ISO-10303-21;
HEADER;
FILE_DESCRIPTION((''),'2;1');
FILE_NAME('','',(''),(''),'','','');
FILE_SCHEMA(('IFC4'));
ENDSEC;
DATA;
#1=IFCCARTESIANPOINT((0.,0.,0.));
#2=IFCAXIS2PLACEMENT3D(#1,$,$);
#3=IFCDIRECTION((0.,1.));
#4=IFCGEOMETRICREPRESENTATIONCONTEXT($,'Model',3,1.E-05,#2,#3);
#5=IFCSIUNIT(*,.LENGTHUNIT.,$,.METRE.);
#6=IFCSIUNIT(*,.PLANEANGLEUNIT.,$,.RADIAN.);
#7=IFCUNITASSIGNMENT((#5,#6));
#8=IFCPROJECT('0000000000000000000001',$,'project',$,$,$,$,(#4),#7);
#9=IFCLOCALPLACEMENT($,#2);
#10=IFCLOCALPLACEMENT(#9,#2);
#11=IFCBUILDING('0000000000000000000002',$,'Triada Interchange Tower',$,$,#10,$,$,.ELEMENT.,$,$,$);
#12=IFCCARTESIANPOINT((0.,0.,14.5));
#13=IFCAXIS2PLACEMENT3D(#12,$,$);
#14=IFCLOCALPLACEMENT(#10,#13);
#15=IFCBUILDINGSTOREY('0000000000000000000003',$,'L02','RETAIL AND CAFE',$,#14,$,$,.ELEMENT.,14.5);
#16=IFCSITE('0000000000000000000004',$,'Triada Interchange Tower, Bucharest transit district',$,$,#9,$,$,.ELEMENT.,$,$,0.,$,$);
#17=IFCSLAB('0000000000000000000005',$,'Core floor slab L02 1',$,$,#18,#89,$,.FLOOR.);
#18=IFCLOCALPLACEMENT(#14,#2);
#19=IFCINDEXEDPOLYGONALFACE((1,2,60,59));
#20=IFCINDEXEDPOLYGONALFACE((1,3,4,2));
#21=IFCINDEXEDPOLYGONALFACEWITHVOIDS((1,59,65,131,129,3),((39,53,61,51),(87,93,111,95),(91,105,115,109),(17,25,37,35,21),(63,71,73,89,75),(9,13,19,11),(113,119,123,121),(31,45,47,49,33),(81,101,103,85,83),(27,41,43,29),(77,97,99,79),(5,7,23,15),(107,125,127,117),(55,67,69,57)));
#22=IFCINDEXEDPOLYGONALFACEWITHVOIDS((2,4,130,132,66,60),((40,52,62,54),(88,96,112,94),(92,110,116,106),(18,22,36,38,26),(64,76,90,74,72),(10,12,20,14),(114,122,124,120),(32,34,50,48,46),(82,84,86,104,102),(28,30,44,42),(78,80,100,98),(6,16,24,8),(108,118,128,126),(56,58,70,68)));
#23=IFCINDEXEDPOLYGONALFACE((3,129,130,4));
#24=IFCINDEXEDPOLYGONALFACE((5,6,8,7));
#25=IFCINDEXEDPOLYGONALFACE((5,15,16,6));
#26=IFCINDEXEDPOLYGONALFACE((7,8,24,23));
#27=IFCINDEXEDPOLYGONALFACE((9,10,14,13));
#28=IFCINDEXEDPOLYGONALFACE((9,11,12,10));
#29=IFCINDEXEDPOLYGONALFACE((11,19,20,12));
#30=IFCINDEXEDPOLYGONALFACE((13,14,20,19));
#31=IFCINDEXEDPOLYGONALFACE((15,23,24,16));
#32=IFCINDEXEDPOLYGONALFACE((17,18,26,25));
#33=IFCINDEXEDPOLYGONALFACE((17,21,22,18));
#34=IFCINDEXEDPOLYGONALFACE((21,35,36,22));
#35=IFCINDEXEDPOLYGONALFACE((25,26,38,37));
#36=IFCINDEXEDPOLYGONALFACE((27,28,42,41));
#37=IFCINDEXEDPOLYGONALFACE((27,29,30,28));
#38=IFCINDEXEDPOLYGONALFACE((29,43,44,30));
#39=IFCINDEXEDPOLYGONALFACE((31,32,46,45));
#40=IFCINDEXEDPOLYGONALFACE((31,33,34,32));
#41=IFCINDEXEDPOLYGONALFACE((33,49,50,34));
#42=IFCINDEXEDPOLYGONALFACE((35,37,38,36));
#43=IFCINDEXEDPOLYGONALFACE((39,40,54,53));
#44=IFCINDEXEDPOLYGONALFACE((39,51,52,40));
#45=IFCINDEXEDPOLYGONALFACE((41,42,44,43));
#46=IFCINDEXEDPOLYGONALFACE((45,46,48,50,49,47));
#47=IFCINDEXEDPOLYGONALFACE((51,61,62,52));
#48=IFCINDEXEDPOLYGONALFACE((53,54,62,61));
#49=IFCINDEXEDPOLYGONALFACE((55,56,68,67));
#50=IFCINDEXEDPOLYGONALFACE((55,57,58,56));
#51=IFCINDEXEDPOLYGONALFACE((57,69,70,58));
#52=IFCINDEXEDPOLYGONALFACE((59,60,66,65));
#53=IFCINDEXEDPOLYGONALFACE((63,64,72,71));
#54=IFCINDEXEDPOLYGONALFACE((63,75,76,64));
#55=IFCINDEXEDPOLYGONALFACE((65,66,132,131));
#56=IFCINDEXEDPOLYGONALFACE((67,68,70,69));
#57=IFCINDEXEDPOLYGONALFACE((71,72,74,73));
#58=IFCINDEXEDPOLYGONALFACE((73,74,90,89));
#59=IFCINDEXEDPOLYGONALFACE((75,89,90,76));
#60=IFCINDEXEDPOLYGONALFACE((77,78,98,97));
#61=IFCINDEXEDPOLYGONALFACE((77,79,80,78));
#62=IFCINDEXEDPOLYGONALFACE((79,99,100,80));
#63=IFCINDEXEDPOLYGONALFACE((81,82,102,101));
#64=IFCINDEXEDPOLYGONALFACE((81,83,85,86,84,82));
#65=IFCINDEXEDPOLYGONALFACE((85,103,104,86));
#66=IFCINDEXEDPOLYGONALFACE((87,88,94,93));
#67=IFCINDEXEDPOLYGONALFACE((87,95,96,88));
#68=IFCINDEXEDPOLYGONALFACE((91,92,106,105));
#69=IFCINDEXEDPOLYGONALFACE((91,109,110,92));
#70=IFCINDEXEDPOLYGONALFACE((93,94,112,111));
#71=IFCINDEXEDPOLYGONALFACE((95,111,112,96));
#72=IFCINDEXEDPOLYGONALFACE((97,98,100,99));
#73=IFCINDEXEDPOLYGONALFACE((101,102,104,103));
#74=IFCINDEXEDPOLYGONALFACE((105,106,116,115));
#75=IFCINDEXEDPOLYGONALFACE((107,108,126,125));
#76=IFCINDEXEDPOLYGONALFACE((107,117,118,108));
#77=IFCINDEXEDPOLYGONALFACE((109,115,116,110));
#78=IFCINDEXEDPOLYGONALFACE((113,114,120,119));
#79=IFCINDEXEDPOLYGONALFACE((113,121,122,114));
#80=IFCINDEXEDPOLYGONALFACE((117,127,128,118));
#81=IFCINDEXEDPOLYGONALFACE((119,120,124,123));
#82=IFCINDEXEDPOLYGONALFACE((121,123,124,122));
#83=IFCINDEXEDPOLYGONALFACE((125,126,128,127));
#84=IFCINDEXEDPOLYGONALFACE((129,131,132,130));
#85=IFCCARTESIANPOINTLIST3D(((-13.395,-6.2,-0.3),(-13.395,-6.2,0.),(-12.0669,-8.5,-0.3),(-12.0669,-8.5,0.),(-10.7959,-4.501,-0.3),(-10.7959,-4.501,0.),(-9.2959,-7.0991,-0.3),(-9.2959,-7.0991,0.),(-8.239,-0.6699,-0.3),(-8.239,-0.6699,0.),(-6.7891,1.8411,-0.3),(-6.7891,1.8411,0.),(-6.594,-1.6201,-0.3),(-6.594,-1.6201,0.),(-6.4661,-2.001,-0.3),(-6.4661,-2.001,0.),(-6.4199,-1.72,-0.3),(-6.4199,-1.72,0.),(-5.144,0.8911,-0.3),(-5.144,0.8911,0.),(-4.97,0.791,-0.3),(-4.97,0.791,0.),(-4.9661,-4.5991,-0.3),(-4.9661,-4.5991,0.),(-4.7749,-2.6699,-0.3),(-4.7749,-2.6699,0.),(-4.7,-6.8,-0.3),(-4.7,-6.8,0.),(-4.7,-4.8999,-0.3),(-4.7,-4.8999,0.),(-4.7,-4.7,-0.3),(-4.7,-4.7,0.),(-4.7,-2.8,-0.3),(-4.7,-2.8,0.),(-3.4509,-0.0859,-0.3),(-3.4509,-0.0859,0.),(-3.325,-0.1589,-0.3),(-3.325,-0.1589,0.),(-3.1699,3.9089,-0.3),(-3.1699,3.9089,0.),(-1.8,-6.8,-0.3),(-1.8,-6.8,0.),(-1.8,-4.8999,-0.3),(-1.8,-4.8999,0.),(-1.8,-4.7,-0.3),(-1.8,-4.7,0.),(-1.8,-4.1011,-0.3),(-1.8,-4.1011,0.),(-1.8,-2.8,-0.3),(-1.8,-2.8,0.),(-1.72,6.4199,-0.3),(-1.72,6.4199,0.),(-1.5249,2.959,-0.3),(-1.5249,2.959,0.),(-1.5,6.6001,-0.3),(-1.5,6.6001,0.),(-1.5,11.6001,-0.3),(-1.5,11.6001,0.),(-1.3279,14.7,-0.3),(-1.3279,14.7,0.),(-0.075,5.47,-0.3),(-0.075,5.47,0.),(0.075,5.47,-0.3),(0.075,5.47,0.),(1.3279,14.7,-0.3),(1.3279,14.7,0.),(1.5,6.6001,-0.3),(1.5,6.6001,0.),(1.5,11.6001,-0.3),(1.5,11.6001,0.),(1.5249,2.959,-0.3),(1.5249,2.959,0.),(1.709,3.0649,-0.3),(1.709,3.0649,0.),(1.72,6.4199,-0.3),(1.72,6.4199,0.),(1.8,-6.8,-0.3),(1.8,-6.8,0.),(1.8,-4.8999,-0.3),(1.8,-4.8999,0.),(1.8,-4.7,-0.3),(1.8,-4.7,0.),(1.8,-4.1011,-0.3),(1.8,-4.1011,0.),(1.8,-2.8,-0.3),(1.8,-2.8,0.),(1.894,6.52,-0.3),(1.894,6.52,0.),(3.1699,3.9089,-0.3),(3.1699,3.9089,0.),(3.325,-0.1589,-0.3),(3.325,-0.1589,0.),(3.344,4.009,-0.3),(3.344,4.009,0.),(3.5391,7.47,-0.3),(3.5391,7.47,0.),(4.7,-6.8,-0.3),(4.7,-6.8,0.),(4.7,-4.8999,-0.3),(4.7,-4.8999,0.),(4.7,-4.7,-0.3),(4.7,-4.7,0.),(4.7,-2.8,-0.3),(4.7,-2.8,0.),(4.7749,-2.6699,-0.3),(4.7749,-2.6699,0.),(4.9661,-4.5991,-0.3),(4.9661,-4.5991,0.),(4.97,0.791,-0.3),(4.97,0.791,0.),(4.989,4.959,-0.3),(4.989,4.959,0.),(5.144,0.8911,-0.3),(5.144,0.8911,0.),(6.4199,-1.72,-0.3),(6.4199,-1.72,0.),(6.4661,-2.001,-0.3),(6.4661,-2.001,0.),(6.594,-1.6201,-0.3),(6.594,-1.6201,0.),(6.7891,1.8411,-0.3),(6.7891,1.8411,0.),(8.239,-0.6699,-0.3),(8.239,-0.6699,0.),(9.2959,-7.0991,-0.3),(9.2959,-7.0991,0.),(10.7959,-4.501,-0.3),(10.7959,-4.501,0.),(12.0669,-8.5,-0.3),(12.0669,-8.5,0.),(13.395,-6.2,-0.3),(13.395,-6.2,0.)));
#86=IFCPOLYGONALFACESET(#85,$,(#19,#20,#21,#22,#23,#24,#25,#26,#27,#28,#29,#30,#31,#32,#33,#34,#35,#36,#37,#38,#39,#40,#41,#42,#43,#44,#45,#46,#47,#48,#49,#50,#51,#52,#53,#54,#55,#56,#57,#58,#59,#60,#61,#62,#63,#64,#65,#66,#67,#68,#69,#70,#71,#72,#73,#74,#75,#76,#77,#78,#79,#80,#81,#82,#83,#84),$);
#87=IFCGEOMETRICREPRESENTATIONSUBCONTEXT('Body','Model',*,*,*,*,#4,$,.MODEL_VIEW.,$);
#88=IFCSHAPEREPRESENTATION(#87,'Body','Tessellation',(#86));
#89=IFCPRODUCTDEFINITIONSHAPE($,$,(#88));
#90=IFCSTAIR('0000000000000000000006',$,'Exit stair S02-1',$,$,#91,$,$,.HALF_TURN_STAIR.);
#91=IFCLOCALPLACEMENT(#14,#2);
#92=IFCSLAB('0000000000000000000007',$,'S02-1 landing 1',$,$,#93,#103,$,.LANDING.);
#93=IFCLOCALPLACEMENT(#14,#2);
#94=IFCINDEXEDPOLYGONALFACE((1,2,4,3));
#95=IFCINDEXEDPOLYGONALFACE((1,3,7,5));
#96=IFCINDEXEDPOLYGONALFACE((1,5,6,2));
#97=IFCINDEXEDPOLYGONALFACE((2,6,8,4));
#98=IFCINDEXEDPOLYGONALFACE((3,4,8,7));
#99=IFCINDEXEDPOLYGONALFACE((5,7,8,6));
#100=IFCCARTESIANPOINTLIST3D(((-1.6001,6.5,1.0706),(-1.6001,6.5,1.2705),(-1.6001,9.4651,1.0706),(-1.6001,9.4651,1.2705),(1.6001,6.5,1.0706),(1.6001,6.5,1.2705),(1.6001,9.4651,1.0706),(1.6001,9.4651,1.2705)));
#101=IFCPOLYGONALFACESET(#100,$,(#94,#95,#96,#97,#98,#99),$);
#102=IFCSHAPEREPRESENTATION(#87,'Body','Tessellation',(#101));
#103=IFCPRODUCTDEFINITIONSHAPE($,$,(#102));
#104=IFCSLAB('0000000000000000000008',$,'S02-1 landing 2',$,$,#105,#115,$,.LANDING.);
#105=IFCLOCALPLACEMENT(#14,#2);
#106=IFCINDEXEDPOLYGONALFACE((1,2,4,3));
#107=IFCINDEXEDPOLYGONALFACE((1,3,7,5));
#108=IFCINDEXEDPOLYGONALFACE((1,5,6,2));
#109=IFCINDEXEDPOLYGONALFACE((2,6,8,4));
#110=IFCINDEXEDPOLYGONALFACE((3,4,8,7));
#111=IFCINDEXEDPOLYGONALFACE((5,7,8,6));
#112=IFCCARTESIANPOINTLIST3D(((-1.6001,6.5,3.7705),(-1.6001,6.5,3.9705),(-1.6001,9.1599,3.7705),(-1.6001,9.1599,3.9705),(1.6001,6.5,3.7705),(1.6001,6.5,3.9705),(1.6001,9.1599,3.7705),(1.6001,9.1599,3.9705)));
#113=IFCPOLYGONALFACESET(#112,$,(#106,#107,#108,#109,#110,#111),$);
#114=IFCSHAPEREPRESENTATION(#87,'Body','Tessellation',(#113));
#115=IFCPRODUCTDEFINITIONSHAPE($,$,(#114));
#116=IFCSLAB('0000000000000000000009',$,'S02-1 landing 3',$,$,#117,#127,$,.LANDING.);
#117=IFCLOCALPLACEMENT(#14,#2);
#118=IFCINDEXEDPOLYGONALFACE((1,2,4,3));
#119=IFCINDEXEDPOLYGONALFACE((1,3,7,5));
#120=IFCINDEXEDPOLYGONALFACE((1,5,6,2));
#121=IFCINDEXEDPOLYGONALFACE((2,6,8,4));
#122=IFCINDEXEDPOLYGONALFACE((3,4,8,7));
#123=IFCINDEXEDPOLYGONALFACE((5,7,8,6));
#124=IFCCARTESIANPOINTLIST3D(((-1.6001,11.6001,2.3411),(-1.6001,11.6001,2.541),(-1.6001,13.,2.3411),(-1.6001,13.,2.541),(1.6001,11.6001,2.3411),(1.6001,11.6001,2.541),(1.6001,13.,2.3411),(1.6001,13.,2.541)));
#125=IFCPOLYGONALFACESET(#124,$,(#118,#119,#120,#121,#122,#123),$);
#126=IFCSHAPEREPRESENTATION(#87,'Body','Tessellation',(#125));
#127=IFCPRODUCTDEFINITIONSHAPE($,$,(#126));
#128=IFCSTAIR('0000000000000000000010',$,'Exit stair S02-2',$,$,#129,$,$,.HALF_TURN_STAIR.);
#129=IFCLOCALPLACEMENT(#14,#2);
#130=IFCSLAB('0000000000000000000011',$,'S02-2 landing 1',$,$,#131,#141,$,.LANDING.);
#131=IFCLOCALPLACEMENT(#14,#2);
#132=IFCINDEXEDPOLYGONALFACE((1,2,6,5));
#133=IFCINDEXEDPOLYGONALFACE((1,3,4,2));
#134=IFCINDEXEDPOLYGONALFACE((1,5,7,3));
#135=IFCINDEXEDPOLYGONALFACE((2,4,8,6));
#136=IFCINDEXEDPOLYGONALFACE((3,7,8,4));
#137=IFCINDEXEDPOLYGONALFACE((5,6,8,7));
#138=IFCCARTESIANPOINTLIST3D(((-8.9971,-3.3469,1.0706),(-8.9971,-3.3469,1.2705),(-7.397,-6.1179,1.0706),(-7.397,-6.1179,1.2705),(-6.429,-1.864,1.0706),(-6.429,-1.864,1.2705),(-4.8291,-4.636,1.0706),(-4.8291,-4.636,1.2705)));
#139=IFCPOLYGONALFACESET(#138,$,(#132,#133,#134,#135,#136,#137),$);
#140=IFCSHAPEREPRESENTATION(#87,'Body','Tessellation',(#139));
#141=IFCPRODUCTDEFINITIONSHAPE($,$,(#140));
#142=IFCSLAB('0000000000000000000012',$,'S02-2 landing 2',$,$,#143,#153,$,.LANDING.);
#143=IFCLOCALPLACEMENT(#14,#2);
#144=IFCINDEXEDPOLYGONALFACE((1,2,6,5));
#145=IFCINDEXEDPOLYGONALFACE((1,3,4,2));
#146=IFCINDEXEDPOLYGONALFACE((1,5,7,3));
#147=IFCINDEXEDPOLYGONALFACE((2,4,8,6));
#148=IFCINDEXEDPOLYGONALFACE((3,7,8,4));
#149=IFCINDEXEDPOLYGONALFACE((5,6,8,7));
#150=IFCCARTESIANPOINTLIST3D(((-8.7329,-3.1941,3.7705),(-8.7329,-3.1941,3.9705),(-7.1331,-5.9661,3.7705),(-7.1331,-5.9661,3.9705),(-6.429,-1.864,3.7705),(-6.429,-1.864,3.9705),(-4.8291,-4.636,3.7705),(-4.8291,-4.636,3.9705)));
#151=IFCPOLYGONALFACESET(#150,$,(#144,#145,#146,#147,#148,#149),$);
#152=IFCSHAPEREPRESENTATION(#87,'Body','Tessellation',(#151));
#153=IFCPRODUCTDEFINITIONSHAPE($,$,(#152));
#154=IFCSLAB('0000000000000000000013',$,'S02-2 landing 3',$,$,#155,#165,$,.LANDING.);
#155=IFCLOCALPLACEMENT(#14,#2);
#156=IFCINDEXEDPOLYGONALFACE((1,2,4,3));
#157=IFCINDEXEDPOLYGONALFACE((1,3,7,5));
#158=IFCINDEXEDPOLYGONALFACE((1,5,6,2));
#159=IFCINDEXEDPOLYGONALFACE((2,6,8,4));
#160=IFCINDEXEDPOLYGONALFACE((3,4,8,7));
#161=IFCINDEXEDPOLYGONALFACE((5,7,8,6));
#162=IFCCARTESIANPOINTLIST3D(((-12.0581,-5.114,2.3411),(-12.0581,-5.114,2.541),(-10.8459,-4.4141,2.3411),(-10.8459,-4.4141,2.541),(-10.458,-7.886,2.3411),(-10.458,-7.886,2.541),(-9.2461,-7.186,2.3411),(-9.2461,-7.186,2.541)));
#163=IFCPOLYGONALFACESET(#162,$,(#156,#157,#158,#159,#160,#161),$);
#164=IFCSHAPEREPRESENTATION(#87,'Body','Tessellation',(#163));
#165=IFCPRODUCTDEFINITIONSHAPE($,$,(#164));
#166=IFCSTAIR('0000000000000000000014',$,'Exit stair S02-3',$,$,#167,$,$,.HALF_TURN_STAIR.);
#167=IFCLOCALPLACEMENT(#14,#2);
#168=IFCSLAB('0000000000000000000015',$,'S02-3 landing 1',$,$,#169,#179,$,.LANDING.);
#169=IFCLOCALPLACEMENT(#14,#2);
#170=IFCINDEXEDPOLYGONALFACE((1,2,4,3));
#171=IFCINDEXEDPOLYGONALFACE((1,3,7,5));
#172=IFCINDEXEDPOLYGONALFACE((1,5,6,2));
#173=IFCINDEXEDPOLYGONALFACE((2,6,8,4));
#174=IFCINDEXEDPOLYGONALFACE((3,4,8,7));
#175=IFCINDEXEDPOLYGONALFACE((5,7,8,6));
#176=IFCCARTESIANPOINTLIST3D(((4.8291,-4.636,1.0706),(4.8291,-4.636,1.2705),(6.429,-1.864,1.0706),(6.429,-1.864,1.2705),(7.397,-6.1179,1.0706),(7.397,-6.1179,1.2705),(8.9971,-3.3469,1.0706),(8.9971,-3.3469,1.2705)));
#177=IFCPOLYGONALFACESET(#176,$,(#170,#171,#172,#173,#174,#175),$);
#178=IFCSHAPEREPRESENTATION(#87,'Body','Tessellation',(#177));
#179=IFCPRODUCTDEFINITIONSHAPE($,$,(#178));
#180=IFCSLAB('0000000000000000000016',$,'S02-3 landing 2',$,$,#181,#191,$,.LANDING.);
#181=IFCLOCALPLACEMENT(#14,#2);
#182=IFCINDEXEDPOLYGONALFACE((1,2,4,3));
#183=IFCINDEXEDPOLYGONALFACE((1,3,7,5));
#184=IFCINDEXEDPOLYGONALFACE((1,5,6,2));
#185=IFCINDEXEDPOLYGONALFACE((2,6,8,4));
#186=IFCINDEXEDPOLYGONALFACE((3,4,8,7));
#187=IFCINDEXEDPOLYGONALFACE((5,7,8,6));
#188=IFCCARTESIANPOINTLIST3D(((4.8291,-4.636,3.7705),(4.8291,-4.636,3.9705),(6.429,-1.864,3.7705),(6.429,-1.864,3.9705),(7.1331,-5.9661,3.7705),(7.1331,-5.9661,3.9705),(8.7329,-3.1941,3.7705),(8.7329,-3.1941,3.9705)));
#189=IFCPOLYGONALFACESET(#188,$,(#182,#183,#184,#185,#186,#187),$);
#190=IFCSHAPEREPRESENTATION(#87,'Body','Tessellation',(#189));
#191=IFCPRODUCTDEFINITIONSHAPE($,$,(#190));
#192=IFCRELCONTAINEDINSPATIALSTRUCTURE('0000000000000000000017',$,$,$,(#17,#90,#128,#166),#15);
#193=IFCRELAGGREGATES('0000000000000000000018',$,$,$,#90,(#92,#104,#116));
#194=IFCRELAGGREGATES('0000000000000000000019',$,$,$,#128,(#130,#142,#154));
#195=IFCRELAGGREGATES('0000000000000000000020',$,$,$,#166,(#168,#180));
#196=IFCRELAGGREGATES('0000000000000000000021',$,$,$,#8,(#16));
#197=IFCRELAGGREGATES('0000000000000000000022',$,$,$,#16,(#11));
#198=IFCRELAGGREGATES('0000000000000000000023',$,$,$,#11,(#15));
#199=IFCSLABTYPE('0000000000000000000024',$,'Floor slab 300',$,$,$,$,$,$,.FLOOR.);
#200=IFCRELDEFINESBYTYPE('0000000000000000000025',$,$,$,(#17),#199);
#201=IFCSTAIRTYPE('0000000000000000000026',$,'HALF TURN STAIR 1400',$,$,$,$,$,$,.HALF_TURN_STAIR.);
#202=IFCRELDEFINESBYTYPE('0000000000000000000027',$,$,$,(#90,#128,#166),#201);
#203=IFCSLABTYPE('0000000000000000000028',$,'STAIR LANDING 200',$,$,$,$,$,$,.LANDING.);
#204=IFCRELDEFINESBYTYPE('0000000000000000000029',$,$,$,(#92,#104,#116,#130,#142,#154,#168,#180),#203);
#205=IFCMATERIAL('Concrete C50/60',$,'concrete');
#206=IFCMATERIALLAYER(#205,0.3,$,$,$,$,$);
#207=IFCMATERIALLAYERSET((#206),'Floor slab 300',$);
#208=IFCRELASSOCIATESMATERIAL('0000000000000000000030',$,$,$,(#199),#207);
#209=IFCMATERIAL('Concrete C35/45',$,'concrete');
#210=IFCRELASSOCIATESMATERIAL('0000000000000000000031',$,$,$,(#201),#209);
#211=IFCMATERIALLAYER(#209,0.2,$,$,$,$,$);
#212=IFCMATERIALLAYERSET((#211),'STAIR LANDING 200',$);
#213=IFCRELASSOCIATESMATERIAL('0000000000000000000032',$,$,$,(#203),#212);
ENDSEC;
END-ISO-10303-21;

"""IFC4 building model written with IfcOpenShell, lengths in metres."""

from ifc_helpers import new_model, si_unit, direction, frame, origin, place, context, subcontext, project, spatial, polyline, outline, extrude, material, layer, layer_set, type_object, element, aggregate, save


model = new_model("IFC4")

# Units and contexts
model_context = context("Model", 3, precision=1e-05, world=origin(), true_north=direction((0.0, 1.0)))
body_context = subcontext(model_context, "Body", "Model", "MODEL_VIEW")
ifc_project = project(units=[si_unit("LENGTHUNIT", "METRE"), si_unit("PLANEANGLEUNIT", "RADIAN")], contexts=[model_context])

# Site, building, storey
site_placement = place(None, origin())
site = spatial("IfcSite", under=ifc_project, at=site_placement, Name="Triada Interchange Tower, Bucharest transit district", CompositionType="ELEMENT", RefElevation=0.0)
building_placement = place(site_placement, origin())
building = spatial("IfcBuilding", under=site, at=building_placement, Name="Triada Interchange Tower", CompositionType="ELEMENT")
storey_placement = place(building_placement, frame((0.0, 0.0, 14.5)))
storey = spatial("IfcBuildingStorey", under=building, at=storey_placement, Name="L02", Description="RETAIL AND CAFE", CompositionType="ELEMENT", Elevation=14.5)

# Slab
ifc_material_1 = material(Name="Concrete C50/60", Category="concrete")
ifc_layer_1 = layer(ifc_material_1, 0.3)
ifc_layer_set_1 = layer_set([ifc_layer_1], Name="Floor slab 300")
slab_type_1 = type_object("IfcSlabType", Name="Floor slab 300", PredefinedType="FLOOR", material=ifc_layer_set_1)
slab_1_placement = place(storey_placement, frame((0.0, 0.0, -0.3)))
element("IfcSlab", 1, at=slab_1_placement, inside=storey, type_object=slab_type_1, Name="Core floor slab L02 1", PredefinedType="FLOOR", context=body_context, shape_type="SweptSolid", body=[
    extrude(outline(polyline([(13.395, -6.2), (12.0669, -8.5), (-12.0669, -8.5), (-13.395, -6.2), (-1.3279, 14.7), (1.3279, 14.7), (13.395, -6.2)]), holes=[polyline([(9.2959, -7.0991), (10.7959, -4.501), (6.4661, -2.001), (4.9661, -4.5991), (9.2959, -7.0991)]), polyline([(6.7891, 1.8411), (5.144, 0.8911), (6.594, -1.6201), (8.239, -0.6699), (6.7891, 1.8411)]), polyline([(4.97, 0.791), (3.325, -0.1589), (4.7749, -2.6699), (6.4199, -1.72), (4.97, 0.791)]), polyline([(1.894, 6.52), (3.344, 4.009), (4.989, 4.959), (3.5391, 7.47), (1.894, 6.52)]), polyline([(1.8, -4.8999), (1.8, -6.8), (4.7, -6.8), (4.7, -4.8999), (1.8, -4.8999)]), polyline([(1.8, -2.8), (1.8, -4.1011), (1.8, -4.7), (4.7, -4.7), (4.7, -2.8), (1.8, -2.8)]), polyline([(1.5249, 2.959), (1.709, 3.0649), (3.1699, 3.9089), (1.72, 6.4199), (0.075, 5.47), (1.5249, 2.959)]), polyline([(1.5, 11.6001), (-1.5, 11.6001), (-1.5, 6.6001), (1.5, 6.6001), (1.5, 11.6001)]), polyline([(-1.5249, 2.959), (-0.075, 5.47), (-1.72, 6.4199), (-3.1699, 3.9089), (-1.5249, 2.959)]), polyline([(-4.7, -2.8), (-4.7, -4.7), (-1.8, -4.7), (-1.8, -4.1011), (-1.8, -2.8), (-4.7, -2.8)]), polyline([(-4.7, -4.8999), (-4.7, -6.8), (-1.8, -6.8), (-1.8, -4.8999), (-4.7, -4.8999)]), polyline([(-3.325, -0.1589), (-3.4509, -0.0859), (-4.97, 0.791), (-6.4199, -1.72), (-4.7749, -2.6699), (-3.325, -0.1589)]), polyline([(-10.7959, -4.501), (-9.2959, -7.0991), (-4.9661, -4.5991), (-6.4661, -2.001), (-10.7959, -4.501)]), polyline([(-6.594, -1.6201), (-5.144, 0.8911), (-6.7891, 1.8411), (-8.239, -0.6699), (-6.594, -1.6201)])]), origin(), (0.0, 0.0, 1.0), 0.3),
])

# Stairs, slabs
ifc_material_2 = material(Name="Concrete C35/45", Category="concrete")
stair_type = type_object("IfcStairType", Name="HALF TURN STAIR 1400", PredefinedType="HALF_TURN_STAIR", material=ifc_material_2)
stair_1_placement = place(storey_placement, origin())
stair_1 = element("IfcStair", 2, at=stair_1_placement, inside=storey, type_object=stair_type, Name="Exit stair S02-1", PredefinedType="HALF_TURN_STAIR")
ifc_layer_2 = layer(ifc_material_2, 0.2)
ifc_layer_set_2 = layer_set([ifc_layer_2], Name="STAIR LANDING 200")
slab_type_2 = type_object("IfcSlabType", Name="STAIR LANDING 200", PredefinedType="LANDING", material=ifc_layer_set_2)
slab_2_placement = place(storey_placement, frame((0.0, 0.0, 1.0706)))
slab_2 = element("IfcSlab", 3, at=slab_2_placement, type_object=slab_type_2, Name="S02-1 landing 1", PredefinedType="LANDING", context=body_context, shape_type="SweptSolid", body=[
    extrude(outline(polyline([(1.6001, 6.5), (1.6001, 9.4651), (-1.6001, 9.4651), (-1.6001, 6.5), (1.6001, 6.5)])), origin(), (0.0, 0.0, 1.0), 0.2),
])
slab_3_placement = place(storey_placement, frame((0.0, 0.0, 3.7705)))
slab_3 = element("IfcSlab", 4, at=slab_3_placement, type_object=slab_type_2, Name="S02-1 landing 2", PredefinedType="LANDING", context=body_context, shape_type="SweptSolid", body=[
    extrude(outline(polyline([(1.6001, 6.5), (1.6001, 9.1599), (-1.6001, 9.1599), (-1.6001, 6.5), (1.6001, 6.5)])), origin(), (0.0, 0.0, 1.0), 0.2),
])
slab_4_placement = place(storey_placement, frame((0.0, 0.0, 2.3411)))
slab_4 = element("IfcSlab", 5, at=slab_4_placement, type_object=slab_type_2, Name="S02-1 landing 3", PredefinedType="LANDING", context=body_context, shape_type="SweptSolid", body=[
    extrude(outline(polyline([(1.6001, 11.6001), (1.6001, 13.0), (-1.6001, 13.0), (-1.6001, 11.6001), (1.6001, 11.6001)])), origin(), (0.0, 0.0, 1.0), 0.2),
])
aggregate(stair_1, [slab_2, slab_3, slab_4])
stair_2_placement = place(storey_placement, origin())
stair_2 = element("IfcStair", 6, at=stair_2_placement, inside=storey, type_object=stair_type, Name="Exit stair S02-2", PredefinedType="HALF_TURN_STAIR")
slab_5_placement = place(storey_placement, frame((0.0, 0.0, 1.0706)))
slab_5 = element("IfcSlab", 7, at=slab_5_placement, type_object=slab_type_2, Name="S02-2 landing 1", PredefinedType="LANDING", context=body_context, shape_type="SweptSolid", body=[
    extrude(outline(polyline([(-6.429, -1.864), (-8.9971, -3.3469), (-7.397, -6.1179), (-4.8291, -4.636), (-6.429, -1.864)])), origin(), (0.0, 0.0, 1.0), 0.2),
])
slab_6_placement = place(storey_placement, frame((0.0, 0.0, 3.7705)))
slab_6 = element("IfcSlab", 8, at=slab_6_placement, type_object=slab_type_2, Name="S02-2 landing 2", PredefinedType="LANDING", context=body_context, shape_type="SweptSolid", body=[
    extrude(outline(polyline([(-6.429, -1.864), (-8.7329, -3.1941), (-7.1331, -5.9661), (-4.8291, -4.636), (-6.429, -1.864)])), origin(), (0.0, 0.0, 1.0), 0.2),
])
slab_7_placement = place(storey_placement, frame((0.0, 0.0, 2.3411)))
slab_7 = element("IfcSlab", 9, at=slab_7_placement, type_object=slab_type_2, Name="S02-2 landing 3", PredefinedType="LANDING", context=body_context, shape_type="SweptSolid", body=[
    extrude(outline(polyline([(-10.8459, -4.4141), (-12.0581, -5.114), (-10.458, -7.886), (-9.2461, -7.186), (-10.8459, -4.4141)])), origin(), (0.0, 0.0, 1.0), 0.2),
])
aggregate(stair_2, [slab_5, slab_6, slab_7])
stair_3_placement = place(storey_placement, origin())
stair_3 = element("IfcStair", 10, at=stair_3_placement, inside=storey, type_object=stair_type, Name="Exit stair S02-3", PredefinedType="HALF_TURN_STAIR")
slab_8_placement = place(storey_placement, frame((0.0, 0.0, 1.0706)))
slab_8 = element("IfcSlab", 11, at=slab_8_placement, type_object=slab_type_2, Name="S02-3 landing 1", PredefinedType="LANDING", context=body_context, shape_type="SweptSolid", body=[
    extrude(outline(polyline([(4.8291, -4.636), (7.397, -6.1179), (8.9971, -3.3469), (6.429, -1.864), (4.8291, -4.636)])), origin(), (0.0, 0.0, 1.0), 0.2),
])
slab_9_placement = place(storey_placement, frame((0.0, 0.0, 3.7705)))
slab_9 = element("IfcSlab", 12, at=slab_9_placement, type_object=slab_type_2, Name="S02-3 landing 2", PredefinedType="LANDING", context=body_context, shape_type="SweptSolid", body=[
    extrude(outline(polyline([(4.8291, -4.636), (7.1331, -5.9661), (8.7329, -3.1941), (6.429, -1.864), (4.8291, -4.636)])), origin(), (0.0, 0.0, 1.0), 0.2),
])
aggregate(stair_3, [slab_8, slab_9])

save(model, "model.ifc")
